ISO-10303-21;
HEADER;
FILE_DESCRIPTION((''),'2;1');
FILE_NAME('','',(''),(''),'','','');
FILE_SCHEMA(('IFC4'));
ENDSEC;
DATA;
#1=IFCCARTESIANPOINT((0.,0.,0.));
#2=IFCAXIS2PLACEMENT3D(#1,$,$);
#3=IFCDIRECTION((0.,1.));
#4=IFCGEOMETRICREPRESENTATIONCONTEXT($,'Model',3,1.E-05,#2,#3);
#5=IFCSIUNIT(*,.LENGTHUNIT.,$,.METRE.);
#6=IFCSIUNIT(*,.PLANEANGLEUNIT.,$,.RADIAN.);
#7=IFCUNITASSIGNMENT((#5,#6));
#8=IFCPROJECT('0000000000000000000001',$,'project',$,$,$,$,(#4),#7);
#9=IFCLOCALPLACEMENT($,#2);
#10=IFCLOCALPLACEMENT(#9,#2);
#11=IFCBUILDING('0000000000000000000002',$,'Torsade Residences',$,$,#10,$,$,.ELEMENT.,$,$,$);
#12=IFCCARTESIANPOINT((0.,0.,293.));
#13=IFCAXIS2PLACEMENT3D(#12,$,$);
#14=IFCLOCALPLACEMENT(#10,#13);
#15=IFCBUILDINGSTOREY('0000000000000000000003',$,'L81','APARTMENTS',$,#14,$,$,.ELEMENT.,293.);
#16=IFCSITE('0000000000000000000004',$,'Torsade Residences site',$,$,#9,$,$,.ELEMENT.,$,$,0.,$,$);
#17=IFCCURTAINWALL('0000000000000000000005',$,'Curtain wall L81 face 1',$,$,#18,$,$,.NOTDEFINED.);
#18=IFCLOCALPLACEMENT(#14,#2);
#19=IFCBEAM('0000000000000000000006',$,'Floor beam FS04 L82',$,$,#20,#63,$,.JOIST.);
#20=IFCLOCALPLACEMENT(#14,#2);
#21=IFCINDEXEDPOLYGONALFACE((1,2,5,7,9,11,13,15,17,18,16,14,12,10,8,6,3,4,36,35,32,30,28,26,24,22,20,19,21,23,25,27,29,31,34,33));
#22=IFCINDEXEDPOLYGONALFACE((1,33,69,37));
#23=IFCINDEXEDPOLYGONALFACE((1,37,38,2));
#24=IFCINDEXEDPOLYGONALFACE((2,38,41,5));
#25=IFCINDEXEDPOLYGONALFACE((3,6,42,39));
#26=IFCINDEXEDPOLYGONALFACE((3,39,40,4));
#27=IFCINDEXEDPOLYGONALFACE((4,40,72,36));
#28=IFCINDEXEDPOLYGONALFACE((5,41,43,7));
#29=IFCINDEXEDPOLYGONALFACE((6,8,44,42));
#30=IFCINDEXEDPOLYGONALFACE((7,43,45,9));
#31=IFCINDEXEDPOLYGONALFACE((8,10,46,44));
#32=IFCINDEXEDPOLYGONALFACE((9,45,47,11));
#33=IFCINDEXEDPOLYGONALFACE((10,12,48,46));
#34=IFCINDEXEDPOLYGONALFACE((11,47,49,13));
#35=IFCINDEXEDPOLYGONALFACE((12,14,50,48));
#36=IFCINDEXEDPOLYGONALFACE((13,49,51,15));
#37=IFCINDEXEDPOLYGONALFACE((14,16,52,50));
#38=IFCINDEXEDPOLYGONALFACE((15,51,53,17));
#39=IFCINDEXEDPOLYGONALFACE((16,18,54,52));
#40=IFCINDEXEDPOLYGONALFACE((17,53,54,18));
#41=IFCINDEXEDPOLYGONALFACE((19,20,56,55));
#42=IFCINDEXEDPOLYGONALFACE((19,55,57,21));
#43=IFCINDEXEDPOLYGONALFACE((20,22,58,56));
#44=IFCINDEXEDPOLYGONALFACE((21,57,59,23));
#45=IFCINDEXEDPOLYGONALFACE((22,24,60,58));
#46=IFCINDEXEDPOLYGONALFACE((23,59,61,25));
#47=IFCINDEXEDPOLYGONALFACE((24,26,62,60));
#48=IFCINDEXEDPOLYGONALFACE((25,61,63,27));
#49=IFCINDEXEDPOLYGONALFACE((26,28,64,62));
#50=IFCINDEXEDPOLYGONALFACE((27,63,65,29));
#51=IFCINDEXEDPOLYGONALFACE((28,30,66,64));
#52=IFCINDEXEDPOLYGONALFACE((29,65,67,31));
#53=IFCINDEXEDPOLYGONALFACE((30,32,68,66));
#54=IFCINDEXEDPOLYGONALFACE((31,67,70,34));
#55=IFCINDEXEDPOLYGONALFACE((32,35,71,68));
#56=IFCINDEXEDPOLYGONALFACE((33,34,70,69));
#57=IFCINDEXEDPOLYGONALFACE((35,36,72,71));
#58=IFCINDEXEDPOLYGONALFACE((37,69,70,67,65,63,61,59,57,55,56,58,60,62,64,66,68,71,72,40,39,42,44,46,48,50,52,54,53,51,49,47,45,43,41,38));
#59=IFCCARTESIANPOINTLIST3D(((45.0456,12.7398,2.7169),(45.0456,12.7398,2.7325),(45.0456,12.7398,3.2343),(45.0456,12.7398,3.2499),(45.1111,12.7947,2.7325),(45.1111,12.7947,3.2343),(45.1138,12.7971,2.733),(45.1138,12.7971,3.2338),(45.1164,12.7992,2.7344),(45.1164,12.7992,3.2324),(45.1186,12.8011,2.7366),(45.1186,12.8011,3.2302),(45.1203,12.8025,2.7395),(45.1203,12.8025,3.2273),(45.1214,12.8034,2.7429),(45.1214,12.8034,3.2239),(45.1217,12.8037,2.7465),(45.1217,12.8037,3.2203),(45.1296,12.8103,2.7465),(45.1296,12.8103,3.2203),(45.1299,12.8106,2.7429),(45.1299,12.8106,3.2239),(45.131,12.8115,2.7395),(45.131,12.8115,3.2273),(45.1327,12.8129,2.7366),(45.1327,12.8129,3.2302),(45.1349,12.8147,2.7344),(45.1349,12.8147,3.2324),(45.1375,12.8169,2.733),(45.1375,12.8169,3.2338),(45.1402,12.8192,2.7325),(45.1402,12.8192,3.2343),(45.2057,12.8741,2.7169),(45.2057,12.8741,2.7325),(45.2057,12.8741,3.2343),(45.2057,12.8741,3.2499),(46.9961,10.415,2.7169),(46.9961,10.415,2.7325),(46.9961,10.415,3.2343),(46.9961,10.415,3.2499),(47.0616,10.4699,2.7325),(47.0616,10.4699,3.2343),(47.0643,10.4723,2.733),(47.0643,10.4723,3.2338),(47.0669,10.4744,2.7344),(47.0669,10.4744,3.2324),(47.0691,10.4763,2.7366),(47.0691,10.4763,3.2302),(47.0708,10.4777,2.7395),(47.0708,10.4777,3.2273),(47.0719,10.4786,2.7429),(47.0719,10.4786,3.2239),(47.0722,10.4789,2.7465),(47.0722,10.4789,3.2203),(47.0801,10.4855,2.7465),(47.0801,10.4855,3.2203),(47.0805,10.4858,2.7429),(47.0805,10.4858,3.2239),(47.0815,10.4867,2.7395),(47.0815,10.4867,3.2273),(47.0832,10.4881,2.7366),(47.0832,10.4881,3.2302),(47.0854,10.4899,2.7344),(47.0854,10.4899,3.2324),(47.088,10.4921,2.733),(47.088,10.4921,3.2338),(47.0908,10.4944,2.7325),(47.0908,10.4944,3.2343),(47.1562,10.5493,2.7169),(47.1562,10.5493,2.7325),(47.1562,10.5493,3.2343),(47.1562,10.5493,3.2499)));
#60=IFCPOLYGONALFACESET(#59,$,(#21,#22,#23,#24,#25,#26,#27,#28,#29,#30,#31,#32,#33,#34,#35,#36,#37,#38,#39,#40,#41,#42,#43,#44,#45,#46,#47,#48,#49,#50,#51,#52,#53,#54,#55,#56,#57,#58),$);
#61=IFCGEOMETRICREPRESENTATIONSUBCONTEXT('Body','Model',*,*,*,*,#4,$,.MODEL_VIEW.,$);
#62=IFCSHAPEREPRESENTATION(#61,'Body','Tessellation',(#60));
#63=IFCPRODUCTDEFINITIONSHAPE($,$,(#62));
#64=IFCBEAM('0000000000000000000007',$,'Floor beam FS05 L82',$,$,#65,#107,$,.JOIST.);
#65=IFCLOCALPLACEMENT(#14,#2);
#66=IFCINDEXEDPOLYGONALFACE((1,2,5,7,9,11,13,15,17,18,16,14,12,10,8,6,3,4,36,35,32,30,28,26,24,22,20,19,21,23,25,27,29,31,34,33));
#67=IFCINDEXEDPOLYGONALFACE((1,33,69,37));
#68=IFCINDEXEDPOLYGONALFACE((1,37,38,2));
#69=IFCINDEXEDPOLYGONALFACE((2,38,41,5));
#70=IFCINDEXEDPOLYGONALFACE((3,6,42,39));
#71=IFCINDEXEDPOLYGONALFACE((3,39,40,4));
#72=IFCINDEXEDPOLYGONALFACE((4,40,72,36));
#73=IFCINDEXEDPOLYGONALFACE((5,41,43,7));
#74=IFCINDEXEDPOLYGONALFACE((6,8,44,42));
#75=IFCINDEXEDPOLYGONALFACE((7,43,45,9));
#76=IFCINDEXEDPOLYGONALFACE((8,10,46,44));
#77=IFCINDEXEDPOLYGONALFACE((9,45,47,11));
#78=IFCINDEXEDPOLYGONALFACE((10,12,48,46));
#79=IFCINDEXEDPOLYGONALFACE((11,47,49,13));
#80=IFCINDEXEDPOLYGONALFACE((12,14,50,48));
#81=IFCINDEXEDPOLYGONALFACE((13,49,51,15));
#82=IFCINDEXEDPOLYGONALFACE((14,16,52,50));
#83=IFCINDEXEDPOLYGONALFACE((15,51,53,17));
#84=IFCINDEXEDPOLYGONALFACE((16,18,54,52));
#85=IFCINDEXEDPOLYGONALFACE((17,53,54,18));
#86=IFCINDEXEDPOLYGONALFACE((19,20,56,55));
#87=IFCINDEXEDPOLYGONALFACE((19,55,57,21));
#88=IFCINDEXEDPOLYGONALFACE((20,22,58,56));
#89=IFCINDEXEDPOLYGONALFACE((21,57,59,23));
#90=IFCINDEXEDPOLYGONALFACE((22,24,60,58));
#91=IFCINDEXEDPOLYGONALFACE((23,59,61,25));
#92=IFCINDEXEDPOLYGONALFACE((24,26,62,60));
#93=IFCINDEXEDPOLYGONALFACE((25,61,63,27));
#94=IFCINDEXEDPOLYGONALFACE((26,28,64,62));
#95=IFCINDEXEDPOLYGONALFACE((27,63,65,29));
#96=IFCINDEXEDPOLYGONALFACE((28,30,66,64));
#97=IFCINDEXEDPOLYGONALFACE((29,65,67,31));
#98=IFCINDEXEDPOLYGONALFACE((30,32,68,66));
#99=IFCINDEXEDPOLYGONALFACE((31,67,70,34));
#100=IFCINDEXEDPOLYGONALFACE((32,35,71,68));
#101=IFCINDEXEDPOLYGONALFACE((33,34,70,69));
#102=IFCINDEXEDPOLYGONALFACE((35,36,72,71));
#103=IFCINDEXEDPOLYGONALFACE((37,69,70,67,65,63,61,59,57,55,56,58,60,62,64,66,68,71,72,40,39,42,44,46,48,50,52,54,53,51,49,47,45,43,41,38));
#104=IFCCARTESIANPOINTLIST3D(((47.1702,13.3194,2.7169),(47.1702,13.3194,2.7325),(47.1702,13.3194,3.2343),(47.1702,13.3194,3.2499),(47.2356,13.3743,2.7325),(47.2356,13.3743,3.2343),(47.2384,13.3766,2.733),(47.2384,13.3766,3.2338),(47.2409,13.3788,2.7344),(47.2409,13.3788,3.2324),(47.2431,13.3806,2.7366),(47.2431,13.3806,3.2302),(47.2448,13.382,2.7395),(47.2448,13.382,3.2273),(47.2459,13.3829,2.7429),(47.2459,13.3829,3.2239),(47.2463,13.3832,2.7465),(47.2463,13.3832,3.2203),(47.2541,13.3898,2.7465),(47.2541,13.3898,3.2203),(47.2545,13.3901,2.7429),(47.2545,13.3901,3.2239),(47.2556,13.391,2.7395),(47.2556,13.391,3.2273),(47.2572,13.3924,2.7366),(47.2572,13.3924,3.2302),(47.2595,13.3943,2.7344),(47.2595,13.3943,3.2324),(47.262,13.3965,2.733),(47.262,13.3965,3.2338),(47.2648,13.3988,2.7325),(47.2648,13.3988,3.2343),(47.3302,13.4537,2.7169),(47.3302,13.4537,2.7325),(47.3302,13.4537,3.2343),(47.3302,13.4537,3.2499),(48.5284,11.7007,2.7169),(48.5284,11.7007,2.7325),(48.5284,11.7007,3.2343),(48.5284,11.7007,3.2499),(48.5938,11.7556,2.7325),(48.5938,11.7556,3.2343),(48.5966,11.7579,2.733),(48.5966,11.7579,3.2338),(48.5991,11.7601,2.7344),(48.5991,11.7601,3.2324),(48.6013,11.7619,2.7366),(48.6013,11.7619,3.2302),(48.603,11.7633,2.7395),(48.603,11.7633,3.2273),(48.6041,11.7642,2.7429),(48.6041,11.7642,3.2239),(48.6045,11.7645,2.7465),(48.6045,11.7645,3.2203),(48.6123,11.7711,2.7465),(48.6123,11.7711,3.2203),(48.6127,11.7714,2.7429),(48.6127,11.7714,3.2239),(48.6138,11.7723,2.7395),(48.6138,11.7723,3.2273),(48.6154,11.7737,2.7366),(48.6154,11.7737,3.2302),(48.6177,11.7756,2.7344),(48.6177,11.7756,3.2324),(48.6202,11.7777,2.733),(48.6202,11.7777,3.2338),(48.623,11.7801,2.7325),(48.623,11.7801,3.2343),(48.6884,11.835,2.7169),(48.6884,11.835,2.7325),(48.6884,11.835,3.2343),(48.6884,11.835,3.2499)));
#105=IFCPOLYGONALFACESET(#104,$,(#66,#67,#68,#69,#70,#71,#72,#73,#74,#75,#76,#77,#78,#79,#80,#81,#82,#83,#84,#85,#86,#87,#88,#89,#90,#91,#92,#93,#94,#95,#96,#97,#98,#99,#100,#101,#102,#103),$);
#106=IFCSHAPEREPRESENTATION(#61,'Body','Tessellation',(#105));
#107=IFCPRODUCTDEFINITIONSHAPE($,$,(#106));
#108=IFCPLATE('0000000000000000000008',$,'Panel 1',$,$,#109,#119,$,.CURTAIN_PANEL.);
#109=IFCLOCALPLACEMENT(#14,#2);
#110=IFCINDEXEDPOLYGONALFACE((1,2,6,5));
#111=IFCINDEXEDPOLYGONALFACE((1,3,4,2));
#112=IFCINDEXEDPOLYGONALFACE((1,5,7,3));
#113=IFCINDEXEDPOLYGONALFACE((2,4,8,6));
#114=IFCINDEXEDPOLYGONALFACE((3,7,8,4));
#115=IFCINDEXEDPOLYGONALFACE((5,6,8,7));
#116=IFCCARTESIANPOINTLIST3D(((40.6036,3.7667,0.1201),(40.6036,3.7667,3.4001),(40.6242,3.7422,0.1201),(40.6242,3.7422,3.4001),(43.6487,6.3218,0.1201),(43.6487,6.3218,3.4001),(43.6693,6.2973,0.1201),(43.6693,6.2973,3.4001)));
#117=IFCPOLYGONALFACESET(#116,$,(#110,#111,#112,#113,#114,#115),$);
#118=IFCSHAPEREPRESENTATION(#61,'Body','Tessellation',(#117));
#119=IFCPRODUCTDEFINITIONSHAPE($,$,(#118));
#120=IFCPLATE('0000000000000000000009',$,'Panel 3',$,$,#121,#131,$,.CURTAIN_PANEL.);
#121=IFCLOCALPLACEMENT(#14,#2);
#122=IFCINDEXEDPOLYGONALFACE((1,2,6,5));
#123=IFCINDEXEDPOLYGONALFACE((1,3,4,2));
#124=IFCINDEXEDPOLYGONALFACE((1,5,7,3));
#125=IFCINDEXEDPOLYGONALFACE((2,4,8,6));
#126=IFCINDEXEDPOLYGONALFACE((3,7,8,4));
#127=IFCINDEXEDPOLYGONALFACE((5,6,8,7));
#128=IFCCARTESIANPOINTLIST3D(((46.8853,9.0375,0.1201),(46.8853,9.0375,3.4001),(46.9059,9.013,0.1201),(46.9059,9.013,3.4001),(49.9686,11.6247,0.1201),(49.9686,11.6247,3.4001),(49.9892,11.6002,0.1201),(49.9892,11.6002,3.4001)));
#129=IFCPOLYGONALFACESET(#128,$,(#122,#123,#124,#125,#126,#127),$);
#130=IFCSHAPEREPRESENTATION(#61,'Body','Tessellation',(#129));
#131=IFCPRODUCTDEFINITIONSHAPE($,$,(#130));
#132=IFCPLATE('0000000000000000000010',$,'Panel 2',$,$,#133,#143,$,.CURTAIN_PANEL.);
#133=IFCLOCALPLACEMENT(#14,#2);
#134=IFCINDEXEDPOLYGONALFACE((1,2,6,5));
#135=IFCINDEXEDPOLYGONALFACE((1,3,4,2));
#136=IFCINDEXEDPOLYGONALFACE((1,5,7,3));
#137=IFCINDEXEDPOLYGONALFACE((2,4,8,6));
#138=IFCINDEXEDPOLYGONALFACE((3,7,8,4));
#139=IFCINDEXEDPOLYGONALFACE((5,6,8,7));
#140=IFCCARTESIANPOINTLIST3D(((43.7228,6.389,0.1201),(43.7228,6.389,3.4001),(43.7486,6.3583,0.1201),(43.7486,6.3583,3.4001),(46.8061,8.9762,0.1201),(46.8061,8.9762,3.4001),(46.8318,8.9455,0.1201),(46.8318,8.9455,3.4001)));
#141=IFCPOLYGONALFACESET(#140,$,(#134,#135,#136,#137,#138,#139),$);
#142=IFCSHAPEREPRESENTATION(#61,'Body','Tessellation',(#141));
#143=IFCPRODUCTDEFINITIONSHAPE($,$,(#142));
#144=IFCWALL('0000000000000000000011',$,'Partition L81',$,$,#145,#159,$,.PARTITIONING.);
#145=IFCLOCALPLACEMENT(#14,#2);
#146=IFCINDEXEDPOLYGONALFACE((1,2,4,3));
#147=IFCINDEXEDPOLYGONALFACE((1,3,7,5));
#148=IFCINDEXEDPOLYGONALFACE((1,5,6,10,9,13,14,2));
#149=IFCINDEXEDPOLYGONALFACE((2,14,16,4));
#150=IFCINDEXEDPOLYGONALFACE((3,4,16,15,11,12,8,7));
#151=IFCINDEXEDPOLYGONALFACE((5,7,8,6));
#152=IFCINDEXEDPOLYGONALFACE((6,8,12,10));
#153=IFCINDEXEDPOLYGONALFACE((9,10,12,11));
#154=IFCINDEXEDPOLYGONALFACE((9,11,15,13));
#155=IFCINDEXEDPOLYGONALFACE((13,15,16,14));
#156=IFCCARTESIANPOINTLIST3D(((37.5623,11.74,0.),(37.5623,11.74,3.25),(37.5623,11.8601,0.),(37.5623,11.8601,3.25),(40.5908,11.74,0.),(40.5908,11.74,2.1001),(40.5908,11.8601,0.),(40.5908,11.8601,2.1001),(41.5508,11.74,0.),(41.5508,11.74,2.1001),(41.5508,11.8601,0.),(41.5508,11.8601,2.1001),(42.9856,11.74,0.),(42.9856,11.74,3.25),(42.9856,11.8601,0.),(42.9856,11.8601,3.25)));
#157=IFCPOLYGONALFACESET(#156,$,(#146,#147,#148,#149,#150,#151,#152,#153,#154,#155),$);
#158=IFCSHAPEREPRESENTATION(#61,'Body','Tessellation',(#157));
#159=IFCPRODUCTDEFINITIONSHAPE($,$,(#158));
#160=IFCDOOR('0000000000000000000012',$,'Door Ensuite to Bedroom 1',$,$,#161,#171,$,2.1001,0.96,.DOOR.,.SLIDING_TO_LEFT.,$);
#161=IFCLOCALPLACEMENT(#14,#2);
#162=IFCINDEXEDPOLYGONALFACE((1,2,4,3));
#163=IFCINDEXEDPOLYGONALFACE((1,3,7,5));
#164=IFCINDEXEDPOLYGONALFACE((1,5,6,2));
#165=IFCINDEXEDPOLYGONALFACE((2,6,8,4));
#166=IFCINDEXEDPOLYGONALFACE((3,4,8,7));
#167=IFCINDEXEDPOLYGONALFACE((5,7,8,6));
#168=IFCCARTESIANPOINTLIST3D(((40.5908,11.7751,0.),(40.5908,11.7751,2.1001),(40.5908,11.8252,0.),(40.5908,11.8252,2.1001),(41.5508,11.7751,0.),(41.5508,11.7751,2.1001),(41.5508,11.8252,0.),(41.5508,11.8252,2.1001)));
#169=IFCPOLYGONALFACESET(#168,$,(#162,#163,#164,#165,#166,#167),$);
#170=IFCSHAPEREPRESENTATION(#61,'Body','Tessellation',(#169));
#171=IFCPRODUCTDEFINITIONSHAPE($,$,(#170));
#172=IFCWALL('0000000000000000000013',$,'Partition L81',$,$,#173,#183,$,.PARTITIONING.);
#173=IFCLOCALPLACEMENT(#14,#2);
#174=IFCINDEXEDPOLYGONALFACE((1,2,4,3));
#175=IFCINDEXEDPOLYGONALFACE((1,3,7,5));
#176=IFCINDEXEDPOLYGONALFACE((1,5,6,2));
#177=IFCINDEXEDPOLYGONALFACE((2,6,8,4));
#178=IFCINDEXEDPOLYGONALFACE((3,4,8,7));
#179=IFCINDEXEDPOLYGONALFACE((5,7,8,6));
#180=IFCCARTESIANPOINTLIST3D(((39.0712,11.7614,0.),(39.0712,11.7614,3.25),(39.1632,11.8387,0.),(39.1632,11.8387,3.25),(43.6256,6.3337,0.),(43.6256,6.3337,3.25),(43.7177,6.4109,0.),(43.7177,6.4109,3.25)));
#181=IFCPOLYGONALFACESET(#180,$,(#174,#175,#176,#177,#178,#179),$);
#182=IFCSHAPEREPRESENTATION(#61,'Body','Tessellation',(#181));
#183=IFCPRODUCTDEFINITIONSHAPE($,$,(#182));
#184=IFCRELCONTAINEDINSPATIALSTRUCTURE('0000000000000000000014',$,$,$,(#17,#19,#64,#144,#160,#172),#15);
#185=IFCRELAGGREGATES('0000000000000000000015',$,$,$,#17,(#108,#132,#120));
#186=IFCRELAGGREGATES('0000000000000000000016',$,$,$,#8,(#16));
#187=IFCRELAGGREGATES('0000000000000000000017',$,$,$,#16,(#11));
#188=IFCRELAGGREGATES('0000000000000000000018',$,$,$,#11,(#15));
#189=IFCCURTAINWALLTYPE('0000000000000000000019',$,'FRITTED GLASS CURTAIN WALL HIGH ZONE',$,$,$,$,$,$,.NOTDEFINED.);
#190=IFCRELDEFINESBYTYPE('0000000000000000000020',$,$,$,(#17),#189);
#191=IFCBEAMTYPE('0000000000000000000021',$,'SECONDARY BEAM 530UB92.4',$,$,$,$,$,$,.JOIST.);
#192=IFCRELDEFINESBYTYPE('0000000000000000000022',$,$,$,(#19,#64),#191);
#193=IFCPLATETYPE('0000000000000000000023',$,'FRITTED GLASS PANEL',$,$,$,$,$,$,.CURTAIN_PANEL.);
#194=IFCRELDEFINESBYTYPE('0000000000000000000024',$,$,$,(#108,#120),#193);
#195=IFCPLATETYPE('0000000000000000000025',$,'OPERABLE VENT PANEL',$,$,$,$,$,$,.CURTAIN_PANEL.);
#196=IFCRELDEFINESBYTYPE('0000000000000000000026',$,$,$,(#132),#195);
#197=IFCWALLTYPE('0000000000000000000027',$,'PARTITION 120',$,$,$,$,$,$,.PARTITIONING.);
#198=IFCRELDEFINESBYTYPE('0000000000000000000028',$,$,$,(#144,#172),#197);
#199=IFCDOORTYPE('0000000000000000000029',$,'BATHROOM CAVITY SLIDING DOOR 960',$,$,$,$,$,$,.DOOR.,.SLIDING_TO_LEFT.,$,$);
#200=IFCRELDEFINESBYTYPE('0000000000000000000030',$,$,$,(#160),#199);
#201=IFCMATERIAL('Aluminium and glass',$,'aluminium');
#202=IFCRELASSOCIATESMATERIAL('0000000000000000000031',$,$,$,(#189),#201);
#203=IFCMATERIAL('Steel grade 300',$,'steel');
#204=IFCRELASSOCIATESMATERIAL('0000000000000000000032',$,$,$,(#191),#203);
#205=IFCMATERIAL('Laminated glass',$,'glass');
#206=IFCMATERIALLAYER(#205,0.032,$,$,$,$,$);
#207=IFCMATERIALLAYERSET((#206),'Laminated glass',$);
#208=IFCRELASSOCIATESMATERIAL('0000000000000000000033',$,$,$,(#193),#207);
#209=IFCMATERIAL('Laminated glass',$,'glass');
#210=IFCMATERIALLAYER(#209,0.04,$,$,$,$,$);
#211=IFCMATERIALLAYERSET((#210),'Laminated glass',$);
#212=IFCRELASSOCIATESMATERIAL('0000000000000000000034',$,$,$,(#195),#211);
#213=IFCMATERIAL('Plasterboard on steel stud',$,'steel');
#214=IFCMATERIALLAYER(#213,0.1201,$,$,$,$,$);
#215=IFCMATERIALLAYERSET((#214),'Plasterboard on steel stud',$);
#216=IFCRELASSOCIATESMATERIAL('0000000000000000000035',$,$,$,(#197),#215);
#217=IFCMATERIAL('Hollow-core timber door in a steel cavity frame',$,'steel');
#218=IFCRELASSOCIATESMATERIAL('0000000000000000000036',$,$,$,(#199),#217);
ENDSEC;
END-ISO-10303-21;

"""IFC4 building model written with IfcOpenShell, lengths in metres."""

from ifc_helpers import new_model, si_unit, direction, frame, frame_2d, origin, origin_2d, place, context, subcontext, project, spatial, rectangle, i_section, extrude, material, layer, layer_set, material_profile, profile_set, type_object, element, fill, aggregate, save


model = new_model("IFC4")

# Units and contexts
model_context = context("Model", 3, precision=1e-05, world=origin(), true_north=direction((0.0, 1.0)))
body_context = subcontext(model_context, "Body", "Model", "MODEL_VIEW")
ifc_project = project(units=[si_unit("LENGTHUNIT", "METRE"), si_unit("PLANEANGLEUNIT", "RADIAN")], contexts=[model_context])

# Site, building, storey
site_placement = place(None, origin())
site = spatial("IfcSite", under=ifc_project, at=site_placement, Name="Torsade Residences site", CompositionType="ELEMENT", RefElevation=0.0)
building_placement = place(site_placement, origin())
building = spatial("IfcBuilding", under=site, at=building_placement, Name="Torsade Residences", CompositionType="ELEMENT")
storey_placement = place(building_placement, frame((0.0, 0.0, 293.0)))
storey = spatial("IfcBuildingStorey", under=building, at=storey_placement, Name="L81", Description="APARTMENTS", CompositionType="ELEMENT", Elevation=293.0)

# Curtain wall
ifc_material_1 = material(Name="Aluminium and glass", Category="aluminium")
curtain_wall_type = type_object("IfcCurtainWallType", Name="FRITTED GLASS CURTAIN WALL HIGH ZONE", PredefinedType="NOTDEFINED", material=ifc_material_1)
curtain_wall_placement = place(storey_placement, origin())
curtain_wall = element("IfcCurtainWall", 1, at=curtain_wall_placement, inside=storey, type_object=curtain_wall_type, Name="Curtain wall L81 face 1", PredefinedType="NOTDEFINED")

# Beams
ifc_material_2 = material(Name="Steel grade 300", Category="steel")
ifc_material_profile_1 = material_profile(ifc_material_2, i_section(OverallWidth=0.209, OverallDepth=0.533, WebThickness=0.0103, FlangeThickness=0.0156, FilletRadius=0.0139, at=origin_2d()), Name="530UB92.4")
ifc_profile_set_1 = profile_set([ifc_material_profile_1], Name="Steel grade 300")
beam_type_1 = type_object("IfcBeamType", Name="SECONDARY BEAM 530UB92.4", PredefinedType="JOIST", material=ifc_profile_set_1)
beam_1_placement = place(storey_placement, frame((47.0762, 10.4822, 2.9834), z_axis=(-0.642745, 0.76608, 0.0), x_axis=(-0.76608, -0.642745, 0.0)))
element("IfcBeam", 2, at=beam_1_placement, inside=storey, type_object=beam_type_1, Name="Floor beam FS04 L82", PredefinedType="JOIST", context=body_context, shape_type="SweptSolid", body=[
    extrude(i_section(OverallWidth=0.209, OverallDepth=0.533, WebThickness=0.0103, FlangeThickness=0.0156, FilletRadius=0.0139, at=origin_2d()), origin(), (0.0, 0.0, 1.0), 3.0347),
])
beam_2_placement = place(storey_placement, frame((48.6084, 11.7678, 2.9834), z_axis=(-0.642772, 0.766058, 0.0), x_axis=(-0.766058, -0.642772, 0.0)))
element("IfcBeam", 3, at=beam_2_placement, inside=storey, type_object=beam_type_1, Name="Floor beam FS05 L82", PredefinedType="JOIST", context=body_context, shape_type="SweptSolid", body=[
    extrude(i_section(OverallWidth=0.209, OverallDepth=0.533, WebThickness=0.0103, FlangeThickness=0.0156, FilletRadius=0.0139, at=origin_2d()), origin(), (0.0, 0.0, 1.0), 2.113),
])

# Plates
ifc_material_3 = material(Name="Laminated glass", Category="glass")
ifc_layer_1 = layer(ifc_material_3, 0.032)
ifc_layer_set_1 = layer_set([ifc_layer_1], Name="Laminated glass")
plate_type_1 = type_object("IfcPlateType", Name="FRITTED GLASS PANEL", PredefinedType="CURTAIN_PANEL", material=ifc_layer_set_1)
plate_1_placement = place(storey_placement, frame((42.1365, 5.032, 0.1201), z_axis=(0.0, 0.0, 1.0), x_axis=(0.766044, 0.642788, 0.0)))
plate_1 = element("IfcPlate", 4, at=plate_1_placement, type_object=plate_type_1, Name="Panel 1", PredefinedType="CURTAIN_PANEL", context=body_context, shape_type="SweptSolid", body=[
    extrude(rectangle(XDim=3.9751, YDim=0.032, at=origin_2d()), origin(), (0.0, 0.0, 1.0), 3.28),
])
plate_2_placement = place(storey_placement, frame((48.4373, 10.3188, 0.1201), z_axis=(0.0, 0.0, 1.0), x_axis=(0.766044, 0.642788, 0.0)))
plate_2 = element("IfcPlate", 5, at=plate_2_placement, type_object=plate_type_1, Name="Panel 3", PredefinedType="CURTAIN_PANEL", context=body_context, shape_type="SweptSolid", body=[
    extrude(rectangle(XDim=4.0249, YDim=0.032, at=origin_2d()), origin(), (0.0, 0.0, 1.0), 3.28),
])
ifc_material_4 = material(Name="Laminated glass", Category="glass")
ifc_layer_2 = layer(ifc_material_4, 0.04)
ifc_layer_set_2 = layer_set([ifc_layer_2], Name="Laminated glass")
plate_type_2 = type_object("IfcPlateType", Name="OPERABLE VENT PANEL", PredefinedType="CURTAIN_PANEL", material=ifc_layer_set_2)
plate_3_placement = place(storey_placement, frame((45.2773, 7.6672, 0.1201), z_axis=(0.0, 0.0, 1.0), x_axis=(0.766044, 0.642788, 0.0)))
plate_3 = element("IfcPlate", 6, at=plate_3_placement, type_object=plate_type_2, Name="Panel 2", PredefinedType="CURTAIN_PANEL", context=body_context, shape_type="SweptSolid", body=[
    extrude(rectangle(XDim=4.0249, YDim=0.04, at=origin_2d()), origin(), (0.0, 0.0, 1.0), 3.28),
])
aggregate(curtain_wall, [plate_1, plate_3, plate_2])

# Wall, opening, door
ifc_material_5 = material(Name="Plasterboard on steel stud", Category="steel")
ifc_layer_3 = layer(ifc_material_5, 0.1201)
ifc_layer_set_3 = layer_set([ifc_layer_3], Name="Plasterboard on steel stud")
wall_type_1 = type_object("IfcWallType", Name="PARTITION 120", PredefinedType="PARTITIONING", material=ifc_layer_set_3)
wall_1_placement = place(storey_placement, frame((42.9856, 11.8, 0.0), z_axis=(0.0, 0.0, 1.0), x_axis=(-1.0, 0.0, 0.0)))
wall_1 = element("IfcWall", 7, at=wall_1_placement, inside=storey, type_object=wall_type_1, Name="Partition L81", PredefinedType="PARTITIONING", context=body_context, shape_type="SweptSolid", body=[
    extrude(rectangle(XDim=5.4233, YDim=0.1201, at=frame_2d((2.7117, 0.0))), origin(), (0.0, 0.0, 1.0), 3.25),
])
opening_1_placement = place(wall_1_placement, frame((1.4348, 0.0, 0.0)))
opening_1 = element("IfcOpeningElement", 8, at=opening_1_placement, cuts=wall_1, PredefinedType="OPENING", context=body_context, shape_type="SweptSolid", body=[
    extrude(rectangle(XDim=0.96, YDim=2.1001, at=frame_2d((0.48, 1.05))), frame((0.0, 0.0701, 0.0), z_axis=(0.0, -1.0, 0.0), x_axis=(1.0, 0.0, 0.0)), (0.0, 0.0, 1.0), 0.1401),
])
ifc_material_6 = material(Name="Hollow-core timber door in a steel cavity frame", Category="steel")
door_type = type_object("IfcDoorType", Name="BATHROOM CAVITY SLIDING DOOR 960", OperationType="SLIDING_TO_LEFT", PredefinedType="DOOR", material=ifc_material_6)
door_1_placement = place(opening_1_placement, origin())
door_1 = element("IfcDoor", 9, at=door_1_placement, inside=storey, type_object=door_type, Name="Door Ensuite to Bedroom 1", OperationType="SLIDING_TO_LEFT", OverallHeight=2.1001, OverallWidth=0.96, PredefinedType="DOOR", context=body_context, shape_type="SweptSolid", body=[
    extrude(rectangle(XDim=0.96, YDim=2.1001, at=frame_2d((0.48, 1.05))), frame((0.0, 0.0249, 0.0), z_axis=(0.0, -1.0, 0.0), x_axis=(1.0, 0.0, 0.0)), (0.0, 0.0, 1.0), 0.05),
])
fill(opening_1, door_1)

# Wall
wall_2_placement = place(storey_placement, frame((39.1172, 11.8, 0.0), z_axis=(0.0, 0.0, 1.0), x_axis=(0.64279, -0.766042, 0.0)))
element("IfcWall", 10, at=wall_2_placement, inside=storey, type_object=wall_type_1, Name="Partition L81", PredefinedType="PARTITIONING", context=body_context, shape_type="SweptSolid", body=[
    extrude(rectangle(XDim=7.0854, YDim=0.1201, at=frame_2d((3.5427, 0.0))), origin(), (0.0, 0.0, 1.0), 3.25),
])

save(model, "model.ifc")
